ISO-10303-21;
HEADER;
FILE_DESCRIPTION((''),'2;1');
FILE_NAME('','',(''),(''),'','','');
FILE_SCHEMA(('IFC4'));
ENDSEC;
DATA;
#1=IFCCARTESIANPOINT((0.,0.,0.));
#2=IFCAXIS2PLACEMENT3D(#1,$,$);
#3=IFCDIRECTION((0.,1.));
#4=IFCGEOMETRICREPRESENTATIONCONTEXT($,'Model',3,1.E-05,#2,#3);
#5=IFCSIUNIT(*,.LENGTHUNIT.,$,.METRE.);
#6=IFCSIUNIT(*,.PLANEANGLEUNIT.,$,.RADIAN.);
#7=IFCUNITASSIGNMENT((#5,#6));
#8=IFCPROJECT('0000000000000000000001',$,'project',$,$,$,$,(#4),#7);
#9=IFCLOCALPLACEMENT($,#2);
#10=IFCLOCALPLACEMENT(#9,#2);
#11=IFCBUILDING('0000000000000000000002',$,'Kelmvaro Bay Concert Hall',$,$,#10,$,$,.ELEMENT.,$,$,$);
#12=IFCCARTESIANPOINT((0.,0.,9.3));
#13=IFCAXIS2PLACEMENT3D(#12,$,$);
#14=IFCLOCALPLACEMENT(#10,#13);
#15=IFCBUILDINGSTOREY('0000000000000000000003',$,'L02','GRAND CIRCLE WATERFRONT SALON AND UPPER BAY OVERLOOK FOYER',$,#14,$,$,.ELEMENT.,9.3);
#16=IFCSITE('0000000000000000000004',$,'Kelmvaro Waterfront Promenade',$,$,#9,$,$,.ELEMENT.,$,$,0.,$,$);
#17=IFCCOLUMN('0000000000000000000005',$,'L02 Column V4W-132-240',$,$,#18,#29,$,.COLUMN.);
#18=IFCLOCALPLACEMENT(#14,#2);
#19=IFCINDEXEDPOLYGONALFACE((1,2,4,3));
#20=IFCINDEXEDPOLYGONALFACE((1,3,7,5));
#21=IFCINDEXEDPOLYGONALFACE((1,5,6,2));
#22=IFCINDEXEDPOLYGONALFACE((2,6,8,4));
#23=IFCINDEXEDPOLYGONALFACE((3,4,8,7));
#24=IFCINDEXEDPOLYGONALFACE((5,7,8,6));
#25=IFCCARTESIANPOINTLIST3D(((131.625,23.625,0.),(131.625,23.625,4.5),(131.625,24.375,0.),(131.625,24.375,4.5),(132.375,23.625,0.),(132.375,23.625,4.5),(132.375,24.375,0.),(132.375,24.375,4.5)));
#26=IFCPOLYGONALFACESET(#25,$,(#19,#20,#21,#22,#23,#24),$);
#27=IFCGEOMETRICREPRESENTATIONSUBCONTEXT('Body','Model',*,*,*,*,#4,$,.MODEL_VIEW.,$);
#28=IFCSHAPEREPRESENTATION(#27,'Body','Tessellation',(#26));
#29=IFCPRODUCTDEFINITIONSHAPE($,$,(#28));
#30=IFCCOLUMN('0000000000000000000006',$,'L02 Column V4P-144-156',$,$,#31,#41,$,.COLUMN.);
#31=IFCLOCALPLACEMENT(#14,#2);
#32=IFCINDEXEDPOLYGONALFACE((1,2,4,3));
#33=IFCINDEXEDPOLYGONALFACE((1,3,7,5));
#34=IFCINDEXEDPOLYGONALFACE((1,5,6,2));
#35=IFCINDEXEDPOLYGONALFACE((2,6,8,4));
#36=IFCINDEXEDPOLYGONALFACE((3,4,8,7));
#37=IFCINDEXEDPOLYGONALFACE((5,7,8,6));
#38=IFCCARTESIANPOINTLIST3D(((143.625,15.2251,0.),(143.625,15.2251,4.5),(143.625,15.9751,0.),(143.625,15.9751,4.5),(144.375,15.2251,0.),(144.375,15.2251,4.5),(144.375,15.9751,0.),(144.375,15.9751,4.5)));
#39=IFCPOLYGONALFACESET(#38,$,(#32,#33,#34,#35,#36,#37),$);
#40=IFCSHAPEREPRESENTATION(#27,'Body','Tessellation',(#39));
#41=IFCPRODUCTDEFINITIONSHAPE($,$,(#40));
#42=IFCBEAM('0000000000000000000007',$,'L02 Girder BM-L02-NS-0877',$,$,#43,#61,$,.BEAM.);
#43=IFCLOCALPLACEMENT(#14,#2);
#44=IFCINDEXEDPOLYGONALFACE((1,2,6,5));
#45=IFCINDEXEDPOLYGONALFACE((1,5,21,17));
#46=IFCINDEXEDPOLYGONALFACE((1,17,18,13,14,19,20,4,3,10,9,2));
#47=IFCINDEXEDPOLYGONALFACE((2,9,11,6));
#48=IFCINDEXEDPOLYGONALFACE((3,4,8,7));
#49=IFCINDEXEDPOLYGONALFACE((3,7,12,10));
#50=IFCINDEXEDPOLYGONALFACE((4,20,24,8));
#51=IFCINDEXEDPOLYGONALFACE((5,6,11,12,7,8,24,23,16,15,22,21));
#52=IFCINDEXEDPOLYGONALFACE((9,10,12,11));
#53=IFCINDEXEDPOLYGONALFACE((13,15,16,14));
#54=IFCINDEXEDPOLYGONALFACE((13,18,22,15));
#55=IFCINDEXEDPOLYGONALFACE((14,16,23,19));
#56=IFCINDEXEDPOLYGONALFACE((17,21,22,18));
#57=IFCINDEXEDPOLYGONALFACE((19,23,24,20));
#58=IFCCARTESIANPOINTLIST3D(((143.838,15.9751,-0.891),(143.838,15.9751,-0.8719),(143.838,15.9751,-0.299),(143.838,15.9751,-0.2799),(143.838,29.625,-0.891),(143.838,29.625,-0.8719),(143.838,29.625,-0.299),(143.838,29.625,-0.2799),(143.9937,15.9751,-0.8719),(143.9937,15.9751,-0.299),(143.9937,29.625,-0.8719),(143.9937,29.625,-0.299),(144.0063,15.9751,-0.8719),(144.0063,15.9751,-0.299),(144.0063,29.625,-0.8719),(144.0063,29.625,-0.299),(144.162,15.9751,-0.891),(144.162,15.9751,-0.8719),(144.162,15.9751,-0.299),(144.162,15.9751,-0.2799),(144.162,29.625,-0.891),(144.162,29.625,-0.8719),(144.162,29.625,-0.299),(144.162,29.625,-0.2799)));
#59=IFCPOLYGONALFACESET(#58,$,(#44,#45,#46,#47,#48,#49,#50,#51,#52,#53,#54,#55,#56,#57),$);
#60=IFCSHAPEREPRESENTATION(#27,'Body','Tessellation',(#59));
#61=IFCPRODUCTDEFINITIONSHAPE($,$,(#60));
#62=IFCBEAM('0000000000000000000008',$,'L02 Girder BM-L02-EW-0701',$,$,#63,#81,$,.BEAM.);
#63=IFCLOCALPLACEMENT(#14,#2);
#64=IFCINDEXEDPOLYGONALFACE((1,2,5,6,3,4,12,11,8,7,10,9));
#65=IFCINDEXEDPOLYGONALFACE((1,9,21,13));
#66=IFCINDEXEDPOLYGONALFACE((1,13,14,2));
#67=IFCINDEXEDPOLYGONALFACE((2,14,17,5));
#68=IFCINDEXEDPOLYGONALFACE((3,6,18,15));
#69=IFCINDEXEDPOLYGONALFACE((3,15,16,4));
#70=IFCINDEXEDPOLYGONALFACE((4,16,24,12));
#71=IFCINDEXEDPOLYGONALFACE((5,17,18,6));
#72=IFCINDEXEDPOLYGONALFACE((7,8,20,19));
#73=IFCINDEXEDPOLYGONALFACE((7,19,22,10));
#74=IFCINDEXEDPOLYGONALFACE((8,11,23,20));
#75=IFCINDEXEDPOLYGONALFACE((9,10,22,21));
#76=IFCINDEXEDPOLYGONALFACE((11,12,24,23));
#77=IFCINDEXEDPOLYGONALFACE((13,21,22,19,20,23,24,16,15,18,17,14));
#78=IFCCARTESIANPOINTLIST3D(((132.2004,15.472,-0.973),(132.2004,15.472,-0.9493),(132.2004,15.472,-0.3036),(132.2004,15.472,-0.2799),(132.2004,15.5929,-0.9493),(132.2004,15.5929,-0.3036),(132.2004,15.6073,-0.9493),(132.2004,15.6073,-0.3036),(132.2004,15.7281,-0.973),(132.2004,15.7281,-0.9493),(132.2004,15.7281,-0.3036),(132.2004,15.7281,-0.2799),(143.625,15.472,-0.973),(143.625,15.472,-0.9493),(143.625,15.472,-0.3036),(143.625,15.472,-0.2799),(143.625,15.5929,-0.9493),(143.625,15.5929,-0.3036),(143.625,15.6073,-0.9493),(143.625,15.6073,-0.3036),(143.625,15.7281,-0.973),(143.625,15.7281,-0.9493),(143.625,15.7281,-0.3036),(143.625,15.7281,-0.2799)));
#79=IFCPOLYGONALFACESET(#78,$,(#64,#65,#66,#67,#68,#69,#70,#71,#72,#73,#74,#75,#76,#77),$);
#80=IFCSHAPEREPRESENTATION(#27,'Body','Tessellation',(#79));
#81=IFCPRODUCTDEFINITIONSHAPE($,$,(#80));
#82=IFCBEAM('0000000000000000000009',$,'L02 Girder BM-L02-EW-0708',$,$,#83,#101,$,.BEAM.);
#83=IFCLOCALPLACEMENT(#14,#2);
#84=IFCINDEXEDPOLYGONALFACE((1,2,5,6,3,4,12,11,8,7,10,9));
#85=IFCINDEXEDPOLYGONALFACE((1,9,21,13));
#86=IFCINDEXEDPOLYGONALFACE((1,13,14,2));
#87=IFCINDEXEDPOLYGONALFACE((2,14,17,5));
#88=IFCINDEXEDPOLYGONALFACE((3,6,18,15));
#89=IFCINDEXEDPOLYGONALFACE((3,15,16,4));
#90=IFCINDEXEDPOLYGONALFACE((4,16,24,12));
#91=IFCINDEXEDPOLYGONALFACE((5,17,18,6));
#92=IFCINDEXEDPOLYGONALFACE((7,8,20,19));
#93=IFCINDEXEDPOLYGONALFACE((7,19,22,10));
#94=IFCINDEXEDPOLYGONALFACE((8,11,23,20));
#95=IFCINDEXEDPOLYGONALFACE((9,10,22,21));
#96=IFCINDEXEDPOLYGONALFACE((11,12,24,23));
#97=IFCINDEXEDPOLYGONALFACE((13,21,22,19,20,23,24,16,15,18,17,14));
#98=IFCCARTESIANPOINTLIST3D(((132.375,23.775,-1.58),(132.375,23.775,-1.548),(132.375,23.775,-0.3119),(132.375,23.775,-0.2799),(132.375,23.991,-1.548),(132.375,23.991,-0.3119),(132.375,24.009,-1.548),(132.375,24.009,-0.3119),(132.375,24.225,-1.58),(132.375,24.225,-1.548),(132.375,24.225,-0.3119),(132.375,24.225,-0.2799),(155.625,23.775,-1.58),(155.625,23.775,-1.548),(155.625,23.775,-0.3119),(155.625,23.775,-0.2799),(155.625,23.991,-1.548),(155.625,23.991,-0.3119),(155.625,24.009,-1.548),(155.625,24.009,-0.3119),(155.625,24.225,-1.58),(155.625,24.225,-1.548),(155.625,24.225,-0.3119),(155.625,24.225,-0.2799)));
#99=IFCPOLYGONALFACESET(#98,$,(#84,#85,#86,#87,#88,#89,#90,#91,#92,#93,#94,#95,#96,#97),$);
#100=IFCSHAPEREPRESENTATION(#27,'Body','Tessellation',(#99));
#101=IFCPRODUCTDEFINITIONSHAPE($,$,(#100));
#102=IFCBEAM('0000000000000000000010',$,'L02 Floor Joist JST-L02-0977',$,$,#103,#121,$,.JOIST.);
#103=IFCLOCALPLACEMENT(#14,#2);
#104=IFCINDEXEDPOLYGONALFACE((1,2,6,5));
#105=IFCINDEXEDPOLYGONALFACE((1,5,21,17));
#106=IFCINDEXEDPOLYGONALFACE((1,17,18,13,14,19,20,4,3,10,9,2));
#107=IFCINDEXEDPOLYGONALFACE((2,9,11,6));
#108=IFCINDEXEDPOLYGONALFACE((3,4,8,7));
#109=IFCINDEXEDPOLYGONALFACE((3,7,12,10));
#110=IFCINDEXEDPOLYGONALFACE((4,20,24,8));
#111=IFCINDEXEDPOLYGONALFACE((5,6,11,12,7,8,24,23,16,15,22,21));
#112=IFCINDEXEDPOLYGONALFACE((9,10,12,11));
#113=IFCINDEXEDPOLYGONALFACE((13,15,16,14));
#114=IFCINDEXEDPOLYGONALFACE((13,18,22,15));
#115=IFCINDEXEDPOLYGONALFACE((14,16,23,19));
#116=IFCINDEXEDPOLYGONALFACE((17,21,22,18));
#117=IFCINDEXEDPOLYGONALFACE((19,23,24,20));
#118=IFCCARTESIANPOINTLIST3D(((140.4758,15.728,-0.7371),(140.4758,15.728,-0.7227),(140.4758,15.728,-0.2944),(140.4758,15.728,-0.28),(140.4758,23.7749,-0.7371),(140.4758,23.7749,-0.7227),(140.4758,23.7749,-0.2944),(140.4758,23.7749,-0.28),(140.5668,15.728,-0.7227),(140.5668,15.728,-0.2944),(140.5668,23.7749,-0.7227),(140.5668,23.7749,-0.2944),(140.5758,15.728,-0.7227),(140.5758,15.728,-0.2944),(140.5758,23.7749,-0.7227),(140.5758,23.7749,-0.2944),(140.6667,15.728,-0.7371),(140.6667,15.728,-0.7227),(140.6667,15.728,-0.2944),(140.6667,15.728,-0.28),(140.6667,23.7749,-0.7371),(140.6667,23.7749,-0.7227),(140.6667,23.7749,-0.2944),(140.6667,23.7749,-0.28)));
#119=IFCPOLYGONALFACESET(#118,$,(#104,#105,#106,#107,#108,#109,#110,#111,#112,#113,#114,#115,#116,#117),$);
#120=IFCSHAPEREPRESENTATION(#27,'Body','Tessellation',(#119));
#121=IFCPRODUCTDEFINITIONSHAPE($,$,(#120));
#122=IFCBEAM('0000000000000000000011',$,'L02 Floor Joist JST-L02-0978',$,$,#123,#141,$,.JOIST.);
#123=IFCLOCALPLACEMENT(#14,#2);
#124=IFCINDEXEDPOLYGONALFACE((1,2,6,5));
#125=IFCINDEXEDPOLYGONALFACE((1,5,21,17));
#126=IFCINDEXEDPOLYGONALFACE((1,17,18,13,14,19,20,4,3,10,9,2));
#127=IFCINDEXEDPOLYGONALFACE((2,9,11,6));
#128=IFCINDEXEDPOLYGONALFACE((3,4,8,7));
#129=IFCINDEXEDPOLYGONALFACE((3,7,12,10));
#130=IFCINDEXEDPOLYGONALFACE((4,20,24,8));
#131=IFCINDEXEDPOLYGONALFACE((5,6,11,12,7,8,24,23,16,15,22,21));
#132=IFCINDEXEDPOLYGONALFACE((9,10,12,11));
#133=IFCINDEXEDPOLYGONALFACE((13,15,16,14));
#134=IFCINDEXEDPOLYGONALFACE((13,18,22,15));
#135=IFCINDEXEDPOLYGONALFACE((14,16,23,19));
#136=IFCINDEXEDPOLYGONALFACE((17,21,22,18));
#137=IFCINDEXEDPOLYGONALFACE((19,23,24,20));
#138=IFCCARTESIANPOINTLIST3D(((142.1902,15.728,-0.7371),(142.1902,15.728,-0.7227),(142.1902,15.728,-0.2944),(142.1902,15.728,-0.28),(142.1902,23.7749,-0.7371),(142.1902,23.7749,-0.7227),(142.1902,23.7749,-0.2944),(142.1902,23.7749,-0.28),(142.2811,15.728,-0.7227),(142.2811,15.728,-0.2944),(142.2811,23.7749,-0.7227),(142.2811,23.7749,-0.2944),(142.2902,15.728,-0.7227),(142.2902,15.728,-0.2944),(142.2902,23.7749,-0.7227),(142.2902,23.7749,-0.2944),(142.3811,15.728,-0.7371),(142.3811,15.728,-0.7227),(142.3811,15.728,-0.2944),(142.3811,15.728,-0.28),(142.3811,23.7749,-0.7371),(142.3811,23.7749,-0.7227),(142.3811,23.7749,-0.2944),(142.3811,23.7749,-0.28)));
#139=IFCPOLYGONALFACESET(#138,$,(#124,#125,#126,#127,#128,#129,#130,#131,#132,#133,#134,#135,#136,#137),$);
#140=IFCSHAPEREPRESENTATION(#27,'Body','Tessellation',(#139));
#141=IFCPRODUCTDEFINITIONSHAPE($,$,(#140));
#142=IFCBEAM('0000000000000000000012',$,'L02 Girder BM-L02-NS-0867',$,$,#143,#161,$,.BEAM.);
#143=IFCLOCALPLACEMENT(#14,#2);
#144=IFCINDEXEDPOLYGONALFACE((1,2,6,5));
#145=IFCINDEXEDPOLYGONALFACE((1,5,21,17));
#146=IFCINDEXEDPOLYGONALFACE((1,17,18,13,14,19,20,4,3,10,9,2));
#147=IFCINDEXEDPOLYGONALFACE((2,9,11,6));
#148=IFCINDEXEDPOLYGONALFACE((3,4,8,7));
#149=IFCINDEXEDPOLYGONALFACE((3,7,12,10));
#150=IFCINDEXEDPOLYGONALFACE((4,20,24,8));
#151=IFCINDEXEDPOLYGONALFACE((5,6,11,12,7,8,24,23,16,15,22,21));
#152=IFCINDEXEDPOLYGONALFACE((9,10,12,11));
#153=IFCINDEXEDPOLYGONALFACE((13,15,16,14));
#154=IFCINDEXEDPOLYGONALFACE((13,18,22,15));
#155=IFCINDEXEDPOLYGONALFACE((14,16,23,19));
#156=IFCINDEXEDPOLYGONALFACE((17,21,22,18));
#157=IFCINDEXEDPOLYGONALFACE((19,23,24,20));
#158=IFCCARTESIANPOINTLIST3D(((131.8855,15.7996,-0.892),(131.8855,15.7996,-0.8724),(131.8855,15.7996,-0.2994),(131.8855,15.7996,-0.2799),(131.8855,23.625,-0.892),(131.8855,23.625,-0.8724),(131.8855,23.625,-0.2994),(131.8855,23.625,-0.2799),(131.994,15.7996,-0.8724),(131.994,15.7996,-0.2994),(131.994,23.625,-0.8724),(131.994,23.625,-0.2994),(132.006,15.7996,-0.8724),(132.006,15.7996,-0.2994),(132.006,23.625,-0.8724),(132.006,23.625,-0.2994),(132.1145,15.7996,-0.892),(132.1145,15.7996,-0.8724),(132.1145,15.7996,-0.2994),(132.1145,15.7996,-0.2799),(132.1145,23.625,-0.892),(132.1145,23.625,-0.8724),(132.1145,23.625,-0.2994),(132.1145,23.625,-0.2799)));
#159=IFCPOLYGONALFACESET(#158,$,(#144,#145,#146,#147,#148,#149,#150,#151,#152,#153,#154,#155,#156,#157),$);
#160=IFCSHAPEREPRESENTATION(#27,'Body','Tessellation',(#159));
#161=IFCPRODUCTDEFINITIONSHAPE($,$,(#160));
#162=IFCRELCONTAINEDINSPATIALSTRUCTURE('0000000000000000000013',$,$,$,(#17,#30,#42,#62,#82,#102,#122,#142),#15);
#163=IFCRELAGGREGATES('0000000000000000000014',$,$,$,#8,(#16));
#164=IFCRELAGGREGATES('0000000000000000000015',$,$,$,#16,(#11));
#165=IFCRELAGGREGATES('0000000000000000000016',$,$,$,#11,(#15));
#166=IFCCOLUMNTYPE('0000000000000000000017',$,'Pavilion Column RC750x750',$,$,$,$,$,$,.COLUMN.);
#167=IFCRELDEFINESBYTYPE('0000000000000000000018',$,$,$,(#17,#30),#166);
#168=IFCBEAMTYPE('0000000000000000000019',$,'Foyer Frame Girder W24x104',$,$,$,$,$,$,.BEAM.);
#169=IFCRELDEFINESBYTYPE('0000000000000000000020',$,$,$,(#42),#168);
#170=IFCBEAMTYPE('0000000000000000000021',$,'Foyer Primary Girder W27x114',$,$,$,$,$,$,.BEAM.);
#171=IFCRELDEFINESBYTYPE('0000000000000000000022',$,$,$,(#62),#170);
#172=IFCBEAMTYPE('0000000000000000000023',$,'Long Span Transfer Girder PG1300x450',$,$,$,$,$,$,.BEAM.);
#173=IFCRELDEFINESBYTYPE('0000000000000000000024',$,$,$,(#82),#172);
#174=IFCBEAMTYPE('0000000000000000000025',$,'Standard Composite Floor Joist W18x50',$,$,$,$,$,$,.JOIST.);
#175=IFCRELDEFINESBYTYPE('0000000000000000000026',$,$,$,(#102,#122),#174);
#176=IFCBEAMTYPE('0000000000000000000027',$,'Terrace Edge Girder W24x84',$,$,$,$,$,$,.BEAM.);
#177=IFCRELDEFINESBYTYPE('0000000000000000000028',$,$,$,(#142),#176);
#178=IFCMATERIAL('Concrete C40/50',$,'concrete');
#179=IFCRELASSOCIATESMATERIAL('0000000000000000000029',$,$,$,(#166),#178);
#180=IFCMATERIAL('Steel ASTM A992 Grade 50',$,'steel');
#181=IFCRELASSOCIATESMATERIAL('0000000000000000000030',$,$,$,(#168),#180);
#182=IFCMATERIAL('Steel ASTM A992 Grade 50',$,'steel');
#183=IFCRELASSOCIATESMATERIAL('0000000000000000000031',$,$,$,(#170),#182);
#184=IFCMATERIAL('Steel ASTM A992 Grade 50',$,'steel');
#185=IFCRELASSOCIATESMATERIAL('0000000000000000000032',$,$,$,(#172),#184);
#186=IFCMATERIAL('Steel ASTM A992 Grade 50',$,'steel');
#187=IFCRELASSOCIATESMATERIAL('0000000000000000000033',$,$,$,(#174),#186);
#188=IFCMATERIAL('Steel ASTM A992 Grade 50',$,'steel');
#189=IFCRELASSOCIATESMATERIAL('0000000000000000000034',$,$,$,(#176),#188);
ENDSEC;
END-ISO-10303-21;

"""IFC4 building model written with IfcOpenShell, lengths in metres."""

from ifc_helpers import new_model, si_unit, direction, frame, origin, origin_2d, place, context, subcontext, project, spatial, rectangle, i_section, extrude, material, material_profile, profile_set, type_object, element, save


model = new_model("IFC4")

# Units and contexts
model_context = context("Model", 3, precision=1e-05, world=origin(), true_north=direction((0.0, 1.0)))
body_context = subcontext(model_context, "Body", "Model", "MODEL_VIEW")
ifc_project = project(units=[si_unit("LENGTHUNIT", "METRE"), si_unit("PLANEANGLEUNIT", "RADIAN")], contexts=[model_context])

# Site, building, storey
site_placement = place(None, origin())
site = spatial("IfcSite", under=ifc_project, at=site_placement, Name="Kelmvaro Waterfront Promenade", CompositionType="ELEMENT", RefElevation=0.0)
building_placement = place(site_placement, origin())
building = spatial("IfcBuilding", under=site, at=building_placement, Name="Kelmvaro Bay Concert Hall", CompositionType="ELEMENT")
storey_placement = place(building_placement, frame((0.0, 0.0, 9.3)))
storey = spatial("IfcBuildingStorey", under=building, at=storey_placement, Name="L02", Description="GRAND CIRCLE WATERFRONT SALON AND UPPER BAY OVERLOOK FOYER", CompositionType="ELEMENT", Elevation=9.3)

# Columns
ifc_material_1 = material(Name="Concrete C40/50", Category="concrete")
ifc_material_profile_1 = material_profile(ifc_material_1, rectangle(XDim=0.75, YDim=0.75, at=origin_2d()), Name="RC-COL-750X750")
ifc_profile_set_1 = profile_set([ifc_material_profile_1], Name="Concrete C40/50")
column_type = type_object("IfcColumnType", Name="Pavilion Column RC750x750", PredefinedType="COLUMN", material=ifc_profile_set_1)
for number, where, z_axis, x_axis, name in (
    (1, (132.0, 24.0, 0.0), (0.0, 0.0, 1.0), (1.0, 0.0, 0.0), "L02 Column V4W-132-240"),
    (2, (144.0, 15.6001, 0.0), (0.0, 0.0, 1.0), (1.0, 0.0, 0.0), "L02 Column V4P-144-156"),
):
    element("IfcColumn", number, at=place(storey_placement, frame(where, z_axis=z_axis, x_axis=x_axis)), inside=storey, type_object=column_type, Name=name, PredefinedType="COLUMN", context=body_context, shape_type="SweptSolid", body=[
        extrude(rectangle(XDim=0.75, YDim=0.75, at=origin_2d()), origin(), (0.0, 0.0, 1.0), 4.5),
    ])

# Beams
ifc_material_2 = material(Name="Steel ASTM A992 Grade 50", Category="steel")
ifc_material_profile_2 = material_profile(ifc_material_2, i_section(OverallWidth=0.324, OverallDepth=0.6111, WebThickness=0.0127, FlangeThickness=0.019, at=origin_2d()), Name="W24X104")
ifc_profile_set_2 = profile_set([ifc_material_profile_2], Name="Steel ASTM A992 Grade 50")
beam_type_1 = type_object("IfcBeamType", Name="Foyer Frame Girder W24x104", PredefinedType="BEAM", material=ifc_profile_set_2)
beam_1_placement = place(storey_placement, frame((144.0, 15.9751, -0.5854), z_axis=(0.0, 1.0, 0.0), x_axis=(-1.0, 0.0, 0.0)))
element("IfcBeam", 3, at=beam_1_placement, inside=storey, type_object=beam_type_1, Name="L02 Girder BM-L02-NS-0877", PredefinedType="BEAM", context=body_context, shape_type="SweptSolid", body=[
    extrude(i_section(OverallWidth=0.324, OverallDepth=0.6111, WebThickness=0.0127, FlangeThickness=0.019, at=origin_2d()), origin(), (0.0, 0.0, 1.0), 13.6499),
])
ifc_material_3 = material(Name="Steel ASTM A992 Grade 50", Category="steel")
ifc_material_profile_3 = material_profile(ifc_material_3, i_section(OverallWidth=0.2561, OverallDepth=0.6931, WebThickness=0.0144, FlangeThickness=0.0237, at=origin_2d()), Name="W27X114")
ifc_profile_set_3 = profile_set([ifc_material_profile_3], Name="Steel ASTM A992 Grade 50")
beam_type_2 = type_object("IfcBeamType", Name="Foyer Primary Girder W27x114", PredefinedType="BEAM", material=ifc_profile_set_3)
beam_2_placement = place(storey_placement, frame((132.2004, 15.6001, -0.6265), z_axis=(1.0, 0.0, 0.0), x_axis=(0.0, 1.0, 0.0)))
element("IfcBeam", 4, at=beam_2_placement, inside=storey, type_object=beam_type_2, Name="L02 Girder BM-L02-EW-0701", PredefinedType="BEAM", context=body_context, shape_type="SweptSolid", body=[
    extrude(i_section(OverallWidth=0.2561, OverallDepth=0.6931, WebThickness=0.0144, FlangeThickness=0.0237, at=origin_2d()), origin(), (0.0, 0.0, 1.0), 11.4246),
])
ifc_material_4 = material(Name="Steel ASTM A992 Grade 50", Category="steel")
ifc_material_profile_4 = material_profile(ifc_material_4, i_section(OverallWidth=0.45, OverallDepth=1.3, WebThickness=0.0181, FlangeThickness=0.032, at=origin_2d()), Name="PG1300X450")
ifc_profile_set_4 = profile_set([ifc_material_profile_4], Name="Steel ASTM A992 Grade 50")
beam_type_3 = type_object("IfcBeamType", Name="Long Span Transfer Girder PG1300x450", PredefinedType="BEAM", material=ifc_profile_set_4)
beam_3_placement = place(storey_placement, frame((132.375, 24.0, -0.9299), z_axis=(1.0, 0.0, 0.0), x_axis=(0.0, 1.0, 0.0)))
element("IfcBeam", 5, at=beam_3_placement, inside=storey, type_object=beam_type_3, Name="L02 Girder BM-L02-EW-0708", PredefinedType="BEAM", context=body_context, shape_type="SweptSolid", body=[
    extrude(i_section(OverallWidth=0.45, OverallDepth=1.3, WebThickness=0.0181, FlangeThickness=0.032, at=origin_2d()), origin(), (0.0, 0.0, 1.0), 23.25),
])
ifc_material_5 = material(Name="Steel ASTM A992 Grade 50", Category="steel")
ifc_material_profile_5 = material_profile(ifc_material_5, i_section(OverallWidth=0.1909, OverallDepth=0.457, WebThickness=0.009, FlangeThickness=0.0144, at=origin_2d()), Name="W18X50")
ifc_profile_set_5 = profile_set([ifc_material_profile_5], Name="Steel ASTM A992 Grade 50")
beam_type_4 = type_object("IfcBeamType", Name="Standard Composite Floor Joist W18x50", PredefinedType="JOIST", material=ifc_profile_set_5)
for number, where, z_axis, x_axis, name in (
    (6, (140.5713, 15.728, -0.5085), (0.0, 1.0, 0.0), (-1.0, 0.0, 0.0), "L02 Floor Joist JST-L02-0977"),
    (7, (142.2856, 15.728, -0.5085), (0.0, 1.0, 0.0), (-1.0, 0.0, 0.0), "L02 Floor Joist JST-L02-0978"),
):
    element("IfcBeam", number, at=place(storey_placement, frame(where, z_axis=z_axis, x_axis=x_axis)), inside=storey, type_object=beam_type_4, Name=name, PredefinedType="JOIST", context=body_context, shape_type="SweptSolid", body=[
        extrude(i_section(OverallWidth=0.1909, OverallDepth=0.457, WebThickness=0.009, FlangeThickness=0.0144, at=origin_2d()), origin(), (0.0, 0.0, 1.0), 8.0469),
    ])
ifc_material_6 = material(Name="Steel ASTM A992 Grade 50", Category="steel")
ifc_material_profile_6 = material_profile(ifc_material_6, i_section(OverallWidth=0.229, OverallDepth=0.6121, WebThickness=0.012, FlangeThickness=0.0195, at=origin_2d()), Name="W24X84")
ifc_profile_set_6 = profile_set([ifc_material_profile_6], Name="Steel ASTM A992 Grade 50")
beam_type_5 = type_object("IfcBeamType", Name="Terrace Edge Girder W24x84", PredefinedType="BEAM", material=ifc_profile_set_6)
beam_4_placement = place(storey_placement, frame((132.0, 15.7996, -0.5859), z_axis=(0.0, 1.0, 0.0), x_axis=(-1.0, 0.0, 0.0)))
element("IfcBeam", 8, at=beam_4_placement, inside=storey, type_object=beam_type_5, Name="L02 Girder BM-L02-NS-0867", PredefinedType="BEAM", context=body_context, shape_type="SweptSolid", body=[
    extrude(i_section(OverallWidth=0.229, OverallDepth=0.6121, WebThickness=0.012, FlangeThickness=0.0195, at=origin_2d()), origin(), (0.0, 0.0, 1.0), 7.8254),
])

save(model, "model.ifc")
